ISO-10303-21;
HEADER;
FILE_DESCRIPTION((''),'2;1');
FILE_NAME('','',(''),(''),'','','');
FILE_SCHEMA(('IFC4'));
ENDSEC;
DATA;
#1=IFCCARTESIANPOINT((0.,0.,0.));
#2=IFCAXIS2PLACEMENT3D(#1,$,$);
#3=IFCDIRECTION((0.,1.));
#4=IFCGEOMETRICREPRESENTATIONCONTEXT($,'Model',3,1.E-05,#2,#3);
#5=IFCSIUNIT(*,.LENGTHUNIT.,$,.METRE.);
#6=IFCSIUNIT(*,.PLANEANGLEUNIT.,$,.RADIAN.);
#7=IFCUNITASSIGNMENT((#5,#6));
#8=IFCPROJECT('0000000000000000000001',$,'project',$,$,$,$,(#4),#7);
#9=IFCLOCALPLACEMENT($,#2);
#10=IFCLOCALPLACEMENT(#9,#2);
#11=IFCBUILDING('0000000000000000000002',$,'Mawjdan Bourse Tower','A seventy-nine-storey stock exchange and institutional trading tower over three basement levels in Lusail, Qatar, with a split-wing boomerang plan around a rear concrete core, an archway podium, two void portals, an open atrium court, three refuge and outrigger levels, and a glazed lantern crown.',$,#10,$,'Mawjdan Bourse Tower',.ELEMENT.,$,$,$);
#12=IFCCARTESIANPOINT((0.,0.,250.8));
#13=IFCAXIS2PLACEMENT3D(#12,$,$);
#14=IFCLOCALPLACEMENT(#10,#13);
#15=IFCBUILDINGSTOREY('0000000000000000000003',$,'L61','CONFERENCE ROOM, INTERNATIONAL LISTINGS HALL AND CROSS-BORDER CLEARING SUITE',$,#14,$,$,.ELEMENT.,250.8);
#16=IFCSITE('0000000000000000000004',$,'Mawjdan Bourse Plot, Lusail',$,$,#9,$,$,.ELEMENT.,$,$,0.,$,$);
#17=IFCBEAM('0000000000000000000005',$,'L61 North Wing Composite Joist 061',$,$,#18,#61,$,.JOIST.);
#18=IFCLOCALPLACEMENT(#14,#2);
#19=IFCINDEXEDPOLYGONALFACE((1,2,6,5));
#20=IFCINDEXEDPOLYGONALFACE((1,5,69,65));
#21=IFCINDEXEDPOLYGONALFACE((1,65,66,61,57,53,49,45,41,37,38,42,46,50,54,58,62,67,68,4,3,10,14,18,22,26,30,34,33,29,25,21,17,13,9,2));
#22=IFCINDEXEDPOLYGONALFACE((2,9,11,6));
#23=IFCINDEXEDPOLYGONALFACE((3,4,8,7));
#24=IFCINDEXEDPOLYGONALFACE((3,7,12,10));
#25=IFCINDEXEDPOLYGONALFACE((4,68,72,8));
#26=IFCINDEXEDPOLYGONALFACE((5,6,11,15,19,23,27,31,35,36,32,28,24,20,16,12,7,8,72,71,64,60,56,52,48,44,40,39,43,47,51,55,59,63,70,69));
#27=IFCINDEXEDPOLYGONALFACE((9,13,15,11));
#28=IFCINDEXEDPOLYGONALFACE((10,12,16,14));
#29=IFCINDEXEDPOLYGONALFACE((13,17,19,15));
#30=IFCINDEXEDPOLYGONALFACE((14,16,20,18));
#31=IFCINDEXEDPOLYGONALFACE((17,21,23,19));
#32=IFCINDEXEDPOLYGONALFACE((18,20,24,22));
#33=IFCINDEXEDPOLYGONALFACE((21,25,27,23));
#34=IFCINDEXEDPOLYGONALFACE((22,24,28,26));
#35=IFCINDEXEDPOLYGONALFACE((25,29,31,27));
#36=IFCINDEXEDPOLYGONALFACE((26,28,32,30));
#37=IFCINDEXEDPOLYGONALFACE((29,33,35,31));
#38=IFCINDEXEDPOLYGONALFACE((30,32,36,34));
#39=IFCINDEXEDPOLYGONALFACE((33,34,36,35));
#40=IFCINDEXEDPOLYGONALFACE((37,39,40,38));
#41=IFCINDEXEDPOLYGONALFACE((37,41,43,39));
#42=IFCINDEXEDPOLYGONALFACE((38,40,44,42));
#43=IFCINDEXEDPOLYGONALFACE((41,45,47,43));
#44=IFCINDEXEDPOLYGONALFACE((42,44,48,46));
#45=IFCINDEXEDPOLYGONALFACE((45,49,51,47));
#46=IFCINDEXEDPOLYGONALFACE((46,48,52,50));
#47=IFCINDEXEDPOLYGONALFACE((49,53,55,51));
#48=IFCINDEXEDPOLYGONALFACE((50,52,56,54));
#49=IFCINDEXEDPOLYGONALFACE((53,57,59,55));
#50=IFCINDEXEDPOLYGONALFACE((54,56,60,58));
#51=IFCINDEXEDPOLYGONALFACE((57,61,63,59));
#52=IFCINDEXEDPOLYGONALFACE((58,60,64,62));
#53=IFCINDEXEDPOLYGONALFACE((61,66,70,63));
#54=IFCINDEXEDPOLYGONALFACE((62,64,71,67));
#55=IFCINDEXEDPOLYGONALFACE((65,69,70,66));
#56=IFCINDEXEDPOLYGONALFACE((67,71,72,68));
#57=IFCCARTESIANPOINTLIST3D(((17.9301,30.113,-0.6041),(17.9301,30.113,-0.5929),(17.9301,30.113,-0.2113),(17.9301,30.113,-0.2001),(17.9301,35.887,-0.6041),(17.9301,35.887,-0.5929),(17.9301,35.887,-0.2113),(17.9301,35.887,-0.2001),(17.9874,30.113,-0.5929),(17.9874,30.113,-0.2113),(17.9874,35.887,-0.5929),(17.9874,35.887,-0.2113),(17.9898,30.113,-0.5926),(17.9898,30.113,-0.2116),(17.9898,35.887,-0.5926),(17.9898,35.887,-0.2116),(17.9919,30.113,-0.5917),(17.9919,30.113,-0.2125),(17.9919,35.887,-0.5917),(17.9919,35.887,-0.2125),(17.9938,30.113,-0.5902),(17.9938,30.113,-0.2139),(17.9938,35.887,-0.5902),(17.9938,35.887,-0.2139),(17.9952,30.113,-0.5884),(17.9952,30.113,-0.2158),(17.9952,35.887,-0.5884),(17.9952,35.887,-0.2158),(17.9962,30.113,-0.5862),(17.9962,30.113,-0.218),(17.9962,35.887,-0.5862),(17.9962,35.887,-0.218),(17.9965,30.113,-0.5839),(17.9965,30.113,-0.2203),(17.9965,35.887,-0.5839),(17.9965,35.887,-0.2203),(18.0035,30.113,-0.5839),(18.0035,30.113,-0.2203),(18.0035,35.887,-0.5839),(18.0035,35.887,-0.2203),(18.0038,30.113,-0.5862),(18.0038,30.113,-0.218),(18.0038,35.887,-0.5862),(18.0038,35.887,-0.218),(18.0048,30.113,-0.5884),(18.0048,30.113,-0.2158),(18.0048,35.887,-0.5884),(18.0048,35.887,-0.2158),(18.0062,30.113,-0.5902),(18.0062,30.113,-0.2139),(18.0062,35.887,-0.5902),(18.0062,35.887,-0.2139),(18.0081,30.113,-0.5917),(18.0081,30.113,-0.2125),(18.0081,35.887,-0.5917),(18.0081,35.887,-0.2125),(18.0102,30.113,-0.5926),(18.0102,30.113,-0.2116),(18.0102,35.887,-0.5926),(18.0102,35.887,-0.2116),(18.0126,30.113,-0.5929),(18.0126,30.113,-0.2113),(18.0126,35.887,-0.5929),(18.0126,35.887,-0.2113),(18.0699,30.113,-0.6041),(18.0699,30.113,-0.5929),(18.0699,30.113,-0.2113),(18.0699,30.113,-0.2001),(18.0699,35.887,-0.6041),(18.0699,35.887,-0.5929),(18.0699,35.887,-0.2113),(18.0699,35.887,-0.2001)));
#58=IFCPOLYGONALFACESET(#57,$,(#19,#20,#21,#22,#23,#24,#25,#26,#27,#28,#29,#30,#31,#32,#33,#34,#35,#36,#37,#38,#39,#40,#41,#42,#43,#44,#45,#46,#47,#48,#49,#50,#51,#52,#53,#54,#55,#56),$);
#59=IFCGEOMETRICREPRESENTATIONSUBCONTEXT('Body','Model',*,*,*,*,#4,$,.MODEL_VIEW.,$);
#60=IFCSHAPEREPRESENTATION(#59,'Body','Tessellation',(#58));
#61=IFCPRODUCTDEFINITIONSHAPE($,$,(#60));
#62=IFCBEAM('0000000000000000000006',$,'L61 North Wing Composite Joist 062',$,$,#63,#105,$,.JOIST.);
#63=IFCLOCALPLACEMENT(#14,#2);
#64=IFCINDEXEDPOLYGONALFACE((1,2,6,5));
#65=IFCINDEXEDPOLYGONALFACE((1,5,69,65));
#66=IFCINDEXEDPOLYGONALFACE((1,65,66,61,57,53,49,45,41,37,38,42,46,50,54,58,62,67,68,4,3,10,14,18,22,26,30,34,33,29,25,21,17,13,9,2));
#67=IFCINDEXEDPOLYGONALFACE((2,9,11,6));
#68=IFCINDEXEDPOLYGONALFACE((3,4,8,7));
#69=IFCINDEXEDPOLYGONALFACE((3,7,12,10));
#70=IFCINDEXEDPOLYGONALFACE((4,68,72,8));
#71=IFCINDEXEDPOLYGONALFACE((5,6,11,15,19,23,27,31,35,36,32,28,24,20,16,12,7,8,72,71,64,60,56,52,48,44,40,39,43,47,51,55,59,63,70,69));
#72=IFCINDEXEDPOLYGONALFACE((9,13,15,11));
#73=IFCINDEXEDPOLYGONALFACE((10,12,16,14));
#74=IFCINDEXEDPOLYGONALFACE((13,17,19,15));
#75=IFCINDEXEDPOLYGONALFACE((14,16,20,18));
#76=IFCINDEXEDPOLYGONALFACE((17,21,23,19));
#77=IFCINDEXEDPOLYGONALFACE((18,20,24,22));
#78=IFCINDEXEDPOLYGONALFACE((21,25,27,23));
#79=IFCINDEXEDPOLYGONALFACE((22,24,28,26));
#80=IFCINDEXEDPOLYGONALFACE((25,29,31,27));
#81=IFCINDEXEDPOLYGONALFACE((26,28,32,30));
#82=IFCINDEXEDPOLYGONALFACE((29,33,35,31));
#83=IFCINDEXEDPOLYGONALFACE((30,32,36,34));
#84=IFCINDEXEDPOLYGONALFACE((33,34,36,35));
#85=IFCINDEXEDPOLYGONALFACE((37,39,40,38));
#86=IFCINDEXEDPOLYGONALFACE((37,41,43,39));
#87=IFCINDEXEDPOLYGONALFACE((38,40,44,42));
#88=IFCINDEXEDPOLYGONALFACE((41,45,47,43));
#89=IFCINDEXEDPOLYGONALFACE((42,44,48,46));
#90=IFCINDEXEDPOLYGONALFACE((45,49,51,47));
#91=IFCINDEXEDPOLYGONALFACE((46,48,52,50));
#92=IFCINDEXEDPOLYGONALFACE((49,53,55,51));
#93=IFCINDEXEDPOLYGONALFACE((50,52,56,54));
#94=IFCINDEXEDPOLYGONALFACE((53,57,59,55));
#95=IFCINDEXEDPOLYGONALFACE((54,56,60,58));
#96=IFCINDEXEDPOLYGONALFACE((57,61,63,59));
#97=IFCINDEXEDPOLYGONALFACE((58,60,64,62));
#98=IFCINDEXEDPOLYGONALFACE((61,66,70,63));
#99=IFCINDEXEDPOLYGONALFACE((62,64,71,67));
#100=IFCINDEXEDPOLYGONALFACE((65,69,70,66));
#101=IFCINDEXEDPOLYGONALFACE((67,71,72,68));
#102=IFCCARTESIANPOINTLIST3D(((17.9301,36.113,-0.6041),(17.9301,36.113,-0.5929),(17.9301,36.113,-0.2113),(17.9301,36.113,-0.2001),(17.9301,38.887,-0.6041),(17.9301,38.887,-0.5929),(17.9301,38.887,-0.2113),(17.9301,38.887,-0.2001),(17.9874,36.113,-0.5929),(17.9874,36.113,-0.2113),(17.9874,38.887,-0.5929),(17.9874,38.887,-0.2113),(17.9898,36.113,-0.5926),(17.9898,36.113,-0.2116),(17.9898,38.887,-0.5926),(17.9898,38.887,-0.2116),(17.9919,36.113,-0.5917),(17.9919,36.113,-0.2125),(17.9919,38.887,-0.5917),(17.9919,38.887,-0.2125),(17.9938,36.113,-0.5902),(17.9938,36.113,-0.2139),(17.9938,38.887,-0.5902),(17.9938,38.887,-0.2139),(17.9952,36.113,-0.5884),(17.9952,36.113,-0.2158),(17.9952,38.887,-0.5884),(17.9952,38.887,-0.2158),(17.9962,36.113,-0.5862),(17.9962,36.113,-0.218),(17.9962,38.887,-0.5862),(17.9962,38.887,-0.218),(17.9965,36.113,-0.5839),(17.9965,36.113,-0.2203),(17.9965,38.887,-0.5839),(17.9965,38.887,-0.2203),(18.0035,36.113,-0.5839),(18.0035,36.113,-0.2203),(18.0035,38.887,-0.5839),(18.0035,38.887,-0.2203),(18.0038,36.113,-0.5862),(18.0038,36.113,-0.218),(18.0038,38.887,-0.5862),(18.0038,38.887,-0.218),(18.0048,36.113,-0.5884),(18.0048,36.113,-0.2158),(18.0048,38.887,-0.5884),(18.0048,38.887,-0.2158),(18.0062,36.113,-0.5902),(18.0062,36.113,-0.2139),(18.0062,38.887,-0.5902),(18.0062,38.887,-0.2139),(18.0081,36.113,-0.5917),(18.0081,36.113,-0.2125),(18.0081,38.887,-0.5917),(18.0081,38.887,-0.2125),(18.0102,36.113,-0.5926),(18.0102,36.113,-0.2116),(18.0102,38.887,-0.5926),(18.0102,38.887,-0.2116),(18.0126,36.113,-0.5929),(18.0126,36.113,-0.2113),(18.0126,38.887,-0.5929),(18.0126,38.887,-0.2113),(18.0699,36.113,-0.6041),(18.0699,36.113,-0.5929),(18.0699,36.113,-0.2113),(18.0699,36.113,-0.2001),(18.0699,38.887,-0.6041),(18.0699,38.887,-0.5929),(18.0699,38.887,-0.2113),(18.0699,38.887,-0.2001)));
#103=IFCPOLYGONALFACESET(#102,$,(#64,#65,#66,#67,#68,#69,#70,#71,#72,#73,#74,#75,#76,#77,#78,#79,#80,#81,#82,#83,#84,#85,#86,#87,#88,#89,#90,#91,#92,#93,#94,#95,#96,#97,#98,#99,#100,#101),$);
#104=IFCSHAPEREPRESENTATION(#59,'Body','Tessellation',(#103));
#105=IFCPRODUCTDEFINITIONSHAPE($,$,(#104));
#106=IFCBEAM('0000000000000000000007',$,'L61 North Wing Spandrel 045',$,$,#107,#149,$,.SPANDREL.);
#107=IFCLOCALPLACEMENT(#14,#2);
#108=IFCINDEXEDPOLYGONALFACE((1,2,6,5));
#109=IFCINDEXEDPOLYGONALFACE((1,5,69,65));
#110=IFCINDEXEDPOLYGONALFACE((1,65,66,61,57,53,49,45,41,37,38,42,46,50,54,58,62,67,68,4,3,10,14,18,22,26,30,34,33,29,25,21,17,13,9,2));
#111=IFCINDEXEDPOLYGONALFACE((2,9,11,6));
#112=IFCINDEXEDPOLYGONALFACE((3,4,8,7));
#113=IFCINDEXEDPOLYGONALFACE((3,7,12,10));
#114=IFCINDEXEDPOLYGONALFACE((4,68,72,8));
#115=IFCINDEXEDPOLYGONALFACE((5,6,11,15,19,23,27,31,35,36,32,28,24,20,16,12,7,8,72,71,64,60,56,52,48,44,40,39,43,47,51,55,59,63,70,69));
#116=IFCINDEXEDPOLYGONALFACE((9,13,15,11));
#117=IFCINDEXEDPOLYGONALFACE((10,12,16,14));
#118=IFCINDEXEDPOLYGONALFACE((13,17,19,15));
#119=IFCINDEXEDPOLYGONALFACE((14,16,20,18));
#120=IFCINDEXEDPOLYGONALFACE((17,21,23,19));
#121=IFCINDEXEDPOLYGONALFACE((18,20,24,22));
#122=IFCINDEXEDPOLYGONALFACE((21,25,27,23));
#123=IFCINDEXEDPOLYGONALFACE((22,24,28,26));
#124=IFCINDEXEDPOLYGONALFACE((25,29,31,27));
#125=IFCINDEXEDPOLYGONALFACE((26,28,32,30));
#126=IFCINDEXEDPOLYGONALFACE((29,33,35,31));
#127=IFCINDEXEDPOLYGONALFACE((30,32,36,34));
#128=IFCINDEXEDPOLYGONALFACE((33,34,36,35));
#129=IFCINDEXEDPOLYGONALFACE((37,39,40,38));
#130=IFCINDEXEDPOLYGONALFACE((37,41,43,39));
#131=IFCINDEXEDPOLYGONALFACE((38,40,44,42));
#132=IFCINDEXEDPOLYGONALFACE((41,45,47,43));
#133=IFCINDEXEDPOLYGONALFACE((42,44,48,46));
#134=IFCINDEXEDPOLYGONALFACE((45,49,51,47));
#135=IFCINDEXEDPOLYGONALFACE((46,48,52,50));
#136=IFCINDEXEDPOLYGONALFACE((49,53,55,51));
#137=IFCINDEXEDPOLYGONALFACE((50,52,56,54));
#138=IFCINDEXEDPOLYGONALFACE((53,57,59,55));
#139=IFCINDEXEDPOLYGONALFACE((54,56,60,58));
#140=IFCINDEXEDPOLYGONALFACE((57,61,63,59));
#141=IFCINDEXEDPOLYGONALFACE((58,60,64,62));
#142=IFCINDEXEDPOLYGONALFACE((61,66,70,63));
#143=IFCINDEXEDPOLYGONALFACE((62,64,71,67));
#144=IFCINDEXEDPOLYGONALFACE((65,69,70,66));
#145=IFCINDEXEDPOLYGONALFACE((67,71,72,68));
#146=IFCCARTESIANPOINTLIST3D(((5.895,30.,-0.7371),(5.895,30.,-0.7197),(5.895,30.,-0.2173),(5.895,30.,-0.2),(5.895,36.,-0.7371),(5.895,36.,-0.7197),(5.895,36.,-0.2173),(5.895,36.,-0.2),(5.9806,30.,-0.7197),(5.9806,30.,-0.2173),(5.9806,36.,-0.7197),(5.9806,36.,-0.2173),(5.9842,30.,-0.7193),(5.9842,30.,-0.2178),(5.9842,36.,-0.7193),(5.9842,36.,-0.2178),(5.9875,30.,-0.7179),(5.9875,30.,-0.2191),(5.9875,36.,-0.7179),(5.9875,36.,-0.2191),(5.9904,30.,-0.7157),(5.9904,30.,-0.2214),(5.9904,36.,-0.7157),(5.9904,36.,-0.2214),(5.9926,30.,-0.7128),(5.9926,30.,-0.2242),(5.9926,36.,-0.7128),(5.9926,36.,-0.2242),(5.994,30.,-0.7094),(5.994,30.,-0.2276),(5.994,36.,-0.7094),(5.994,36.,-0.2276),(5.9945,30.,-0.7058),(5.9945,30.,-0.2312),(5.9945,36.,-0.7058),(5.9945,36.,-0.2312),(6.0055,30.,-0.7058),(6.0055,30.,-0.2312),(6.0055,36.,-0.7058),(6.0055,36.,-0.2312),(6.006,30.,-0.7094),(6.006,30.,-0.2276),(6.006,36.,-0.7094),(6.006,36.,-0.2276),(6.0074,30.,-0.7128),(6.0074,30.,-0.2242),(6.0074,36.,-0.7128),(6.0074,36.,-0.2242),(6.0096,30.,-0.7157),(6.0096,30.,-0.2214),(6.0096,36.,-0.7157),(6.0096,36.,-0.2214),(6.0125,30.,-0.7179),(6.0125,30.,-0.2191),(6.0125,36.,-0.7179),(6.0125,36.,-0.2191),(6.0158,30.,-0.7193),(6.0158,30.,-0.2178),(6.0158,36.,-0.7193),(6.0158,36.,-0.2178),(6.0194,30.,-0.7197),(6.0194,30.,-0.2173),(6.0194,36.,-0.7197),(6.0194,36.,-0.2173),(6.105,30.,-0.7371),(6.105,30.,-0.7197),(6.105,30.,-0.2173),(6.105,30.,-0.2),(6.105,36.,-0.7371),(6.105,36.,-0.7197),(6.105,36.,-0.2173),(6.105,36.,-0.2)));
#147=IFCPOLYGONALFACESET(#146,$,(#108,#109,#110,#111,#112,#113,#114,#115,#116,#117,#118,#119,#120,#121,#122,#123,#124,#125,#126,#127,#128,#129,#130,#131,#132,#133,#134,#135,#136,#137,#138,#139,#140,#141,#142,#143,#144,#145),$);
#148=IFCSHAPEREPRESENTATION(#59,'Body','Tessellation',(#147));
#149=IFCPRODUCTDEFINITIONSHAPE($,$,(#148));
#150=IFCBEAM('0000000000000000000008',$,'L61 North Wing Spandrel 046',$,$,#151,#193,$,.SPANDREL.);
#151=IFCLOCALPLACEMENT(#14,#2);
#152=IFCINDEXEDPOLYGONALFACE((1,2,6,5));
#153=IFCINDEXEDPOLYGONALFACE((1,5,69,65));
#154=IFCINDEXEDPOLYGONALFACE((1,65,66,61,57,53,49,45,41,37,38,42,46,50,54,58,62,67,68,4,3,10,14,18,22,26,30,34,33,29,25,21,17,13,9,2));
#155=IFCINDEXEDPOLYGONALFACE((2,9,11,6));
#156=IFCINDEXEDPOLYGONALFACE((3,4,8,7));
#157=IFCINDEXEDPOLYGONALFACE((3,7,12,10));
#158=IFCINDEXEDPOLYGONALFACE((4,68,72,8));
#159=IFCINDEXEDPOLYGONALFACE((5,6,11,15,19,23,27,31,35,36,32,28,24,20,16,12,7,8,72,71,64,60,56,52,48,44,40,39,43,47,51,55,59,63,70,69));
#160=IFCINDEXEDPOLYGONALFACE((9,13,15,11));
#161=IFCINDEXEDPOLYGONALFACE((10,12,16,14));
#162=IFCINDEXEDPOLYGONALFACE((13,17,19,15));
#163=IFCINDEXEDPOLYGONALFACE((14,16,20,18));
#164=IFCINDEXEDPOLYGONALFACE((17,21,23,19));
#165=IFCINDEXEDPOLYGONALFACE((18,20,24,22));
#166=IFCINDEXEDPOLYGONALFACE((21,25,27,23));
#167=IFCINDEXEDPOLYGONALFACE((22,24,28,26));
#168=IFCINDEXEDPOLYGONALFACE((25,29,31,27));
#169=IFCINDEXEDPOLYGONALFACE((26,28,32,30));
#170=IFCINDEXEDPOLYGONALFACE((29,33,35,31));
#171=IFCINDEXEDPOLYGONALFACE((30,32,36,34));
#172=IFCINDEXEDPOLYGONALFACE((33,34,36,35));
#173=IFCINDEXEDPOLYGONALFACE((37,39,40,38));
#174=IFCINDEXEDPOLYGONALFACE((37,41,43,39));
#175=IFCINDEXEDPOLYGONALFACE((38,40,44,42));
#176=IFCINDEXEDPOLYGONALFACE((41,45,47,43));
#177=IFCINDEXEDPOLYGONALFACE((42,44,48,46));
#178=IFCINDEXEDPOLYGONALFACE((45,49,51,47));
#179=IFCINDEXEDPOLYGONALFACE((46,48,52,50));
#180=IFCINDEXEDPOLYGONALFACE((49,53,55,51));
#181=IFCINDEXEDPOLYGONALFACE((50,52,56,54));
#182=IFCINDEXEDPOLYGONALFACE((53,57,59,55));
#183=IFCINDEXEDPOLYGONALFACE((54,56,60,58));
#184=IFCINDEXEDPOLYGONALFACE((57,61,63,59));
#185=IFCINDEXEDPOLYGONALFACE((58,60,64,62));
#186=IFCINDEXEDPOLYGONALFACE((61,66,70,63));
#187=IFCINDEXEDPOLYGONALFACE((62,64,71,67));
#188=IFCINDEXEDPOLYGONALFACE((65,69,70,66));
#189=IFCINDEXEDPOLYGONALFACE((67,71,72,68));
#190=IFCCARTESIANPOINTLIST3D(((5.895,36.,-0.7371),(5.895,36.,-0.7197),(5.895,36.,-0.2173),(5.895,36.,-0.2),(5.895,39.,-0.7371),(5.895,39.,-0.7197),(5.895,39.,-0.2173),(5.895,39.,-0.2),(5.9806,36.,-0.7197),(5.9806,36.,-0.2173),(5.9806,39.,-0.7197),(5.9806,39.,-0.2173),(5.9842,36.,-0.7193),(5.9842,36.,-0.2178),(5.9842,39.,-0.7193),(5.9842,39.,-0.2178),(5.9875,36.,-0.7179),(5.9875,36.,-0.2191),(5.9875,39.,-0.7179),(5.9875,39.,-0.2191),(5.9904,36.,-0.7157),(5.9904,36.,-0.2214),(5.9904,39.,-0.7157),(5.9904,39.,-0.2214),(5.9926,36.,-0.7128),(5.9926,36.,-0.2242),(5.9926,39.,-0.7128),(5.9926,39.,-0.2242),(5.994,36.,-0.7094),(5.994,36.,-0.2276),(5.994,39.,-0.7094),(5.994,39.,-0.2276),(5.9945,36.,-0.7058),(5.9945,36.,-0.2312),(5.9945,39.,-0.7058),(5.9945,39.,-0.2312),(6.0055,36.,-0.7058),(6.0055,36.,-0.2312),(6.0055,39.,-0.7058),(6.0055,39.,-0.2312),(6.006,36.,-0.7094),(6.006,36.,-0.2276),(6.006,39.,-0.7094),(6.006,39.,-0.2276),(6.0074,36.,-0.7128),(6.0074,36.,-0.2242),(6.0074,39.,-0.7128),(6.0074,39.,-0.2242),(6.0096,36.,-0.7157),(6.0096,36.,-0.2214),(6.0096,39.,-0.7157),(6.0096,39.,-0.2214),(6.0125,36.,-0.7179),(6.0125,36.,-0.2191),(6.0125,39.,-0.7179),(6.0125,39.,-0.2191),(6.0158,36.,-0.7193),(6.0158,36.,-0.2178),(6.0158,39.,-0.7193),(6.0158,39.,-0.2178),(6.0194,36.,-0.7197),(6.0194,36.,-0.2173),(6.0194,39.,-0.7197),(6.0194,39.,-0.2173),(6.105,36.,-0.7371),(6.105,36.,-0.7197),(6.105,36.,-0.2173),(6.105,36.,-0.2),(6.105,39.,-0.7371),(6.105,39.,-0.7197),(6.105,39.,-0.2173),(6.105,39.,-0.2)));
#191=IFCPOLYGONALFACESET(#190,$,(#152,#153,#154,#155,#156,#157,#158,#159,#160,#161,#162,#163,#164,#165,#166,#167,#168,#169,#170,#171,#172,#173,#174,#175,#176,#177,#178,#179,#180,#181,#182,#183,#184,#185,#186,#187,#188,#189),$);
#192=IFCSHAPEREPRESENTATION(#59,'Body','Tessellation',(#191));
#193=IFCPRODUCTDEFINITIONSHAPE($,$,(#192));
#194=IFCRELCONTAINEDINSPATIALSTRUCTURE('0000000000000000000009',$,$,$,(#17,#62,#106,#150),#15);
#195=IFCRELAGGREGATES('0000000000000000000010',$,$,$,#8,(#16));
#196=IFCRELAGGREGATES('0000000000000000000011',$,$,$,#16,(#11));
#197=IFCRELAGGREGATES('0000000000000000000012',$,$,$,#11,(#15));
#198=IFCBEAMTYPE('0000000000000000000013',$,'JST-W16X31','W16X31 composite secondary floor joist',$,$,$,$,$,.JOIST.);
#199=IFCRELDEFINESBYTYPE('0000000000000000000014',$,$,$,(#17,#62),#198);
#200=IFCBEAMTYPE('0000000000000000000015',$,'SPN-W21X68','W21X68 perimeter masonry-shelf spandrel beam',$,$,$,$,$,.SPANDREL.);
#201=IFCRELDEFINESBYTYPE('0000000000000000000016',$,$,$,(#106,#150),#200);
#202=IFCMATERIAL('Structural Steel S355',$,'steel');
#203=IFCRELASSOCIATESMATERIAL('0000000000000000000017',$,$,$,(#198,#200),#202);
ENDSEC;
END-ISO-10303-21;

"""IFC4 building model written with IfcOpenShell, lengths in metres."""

from ifc_helpers import new_model, si_unit, direction, frame, origin, origin_2d, place, context, subcontext, project, spatial, i_section, extrude, material, material_profile, profile_set, type_object, element, save


model = new_model("IFC4")

# Units and contexts
model_context = context("Model", 3, precision=1e-05, world=origin(), true_north=direction((0.0, 1.0)))
body_context = subcontext(model_context, "Body", "Model", "MODEL_VIEW")
ifc_project = project(units=[si_unit("LENGTHUNIT", "METRE"), si_unit("PLANEANGLEUNIT", "RADIAN")], contexts=[model_context])

# Site, building, storey
site_placement = place(None, origin())
site = spatial("IfcSite", under=ifc_project, at=site_placement, Name="Mawjdan Bourse Plot, Lusail", CompositionType="ELEMENT", RefElevation=0.0)
building_placement = place(site_placement, origin())
building = spatial("IfcBuilding", under=site, at=building_placement, Name="Mawjdan Bourse Tower", Description="A seventy-nine-storey stock exchange and institutional trading tower over three basement levels in Lusail, Qatar, with a split-wing boomerang plan around a rear concrete core, an archway podium, two void portals, an open atrium court, three refuge and outrigger levels, and a glazed lantern crown.", LongName="Mawjdan Bourse Tower", CompositionType="ELEMENT")
storey_placement = place(building_placement, frame((0.0, 0.0, 250.8)))
storey = spatial("IfcBuildingStorey", under=building, at=storey_placement, Name="L61", Description="CONFERENCE ROOM, INTERNATIONAL LISTINGS HALL AND CROSS-BORDER CLEARING SUITE", CompositionType="ELEMENT", Elevation=250.8)

# Beams
ifc_material_1 = material(Name="Structural Steel S355", Category="steel")
ifc_material_profile_1 = material_profile(ifc_material_1, i_section(OverallWidth=0.1399, OverallDepth=0.4041, WebThickness=0.0071, FlangeThickness=0.0112, FilletRadius=0.009, at=origin_2d()), Name="W16X31")
ifc_profile_set_1 = profile_set([ifc_material_profile_1], Name="Structural Steel S355")
beam_type_1 = type_object("IfcBeamType", Name="JST-W16X31", Description="W16X31 composite secondary floor joist", PredefinedType="JOIST", material=ifc_profile_set_1)
beam_1_placement = place(storey_placement, frame((18.0, 30.113, -0.4021), z_axis=(0.0, 1.0, 0.0), x_axis=(-1.0, 0.0, 0.0)))
element("IfcBeam", 1, at=beam_1_placement, inside=storey, type_object=beam_type_1, Name="L61 North Wing Composite Joist 061", PredefinedType="JOIST", context=body_context, shape_type="SweptSolid", body=[
    extrude(i_section(OverallWidth=0.1399, OverallDepth=0.4041, WebThickness=0.0071, FlangeThickness=0.0112, FilletRadius=0.009, at=origin_2d()), origin(), (0.0, 0.0, 1.0), 5.7739),
])
beam_2_placement = place(storey_placement, frame((18.0, 36.113, -0.4021), z_axis=(0.0, 1.0, 0.0), x_axis=(-1.0, 0.0, 0.0)))
element("IfcBeam", 2, at=beam_2_placement, inside=storey, type_object=beam_type_1, Name="L61 North Wing Composite Joist 062", PredefinedType="JOIST", context=body_context, shape_type="SweptSolid", body=[
    extrude(i_section(OverallWidth=0.1399, OverallDepth=0.4041, WebThickness=0.0071, FlangeThickness=0.0112, FilletRadius=0.009, at=origin_2d()), origin(), (0.0, 0.0, 1.0), 2.7739),
])
ifc_material_profile_2 = material_profile(ifc_material_1, i_section(OverallWidth=0.21, OverallDepth=0.5371, WebThickness=0.011, FlangeThickness=0.0173, FilletRadius=0.0139, at=origin_2d()), Name="W21X68")
ifc_profile_set_2 = profile_set([ifc_material_profile_2], Name="Structural Steel S355")
beam_type_2 = type_object("IfcBeamType", Name="SPN-W21X68", Description="W21X68 perimeter masonry-shelf spandrel beam", PredefinedType="SPANDREL", material=ifc_profile_set_2)
beam_3_placement = place(storey_placement, frame((6.0, 30.0, -0.4685), z_axis=(0.0, 1.0, 0.0), x_axis=(-1.0, 0.0, 0.0)))
element("IfcBeam", 3, at=beam_3_placement, inside=storey, type_object=beam_type_2, Name="L61 North Wing Spandrel 045", PredefinedType="SPANDREL", context=body_context, shape_type="SweptSolid", body=[
    extrude(i_section(OverallWidth=0.21, OverallDepth=0.5371, WebThickness=0.011, FlangeThickness=0.0173, FilletRadius=0.0139, at=origin_2d()), origin(), (0.0, 0.0, 1.0), 6.0),
])
beam_4_placement = place(storey_placement, frame((6.0, 36.0, -0.4685), z_axis=(0.0, 1.0, 0.0), x_axis=(-1.0, 0.0, 0.0)))
element("IfcBeam", 4, at=beam_4_placement, inside=storey, type_object=beam_type_2, Name="L61 North Wing Spandrel 046", PredefinedType="SPANDREL", context=body_context, shape_type="SweptSolid", body=[
    extrude(i_section(OverallWidth=0.21, OverallDepth=0.5371, WebThickness=0.011, FlangeThickness=0.0173, FilletRadius=0.0139, at=origin_2d()), origin(), (0.0, 0.0, 1.0), 3.0),
])

save(model, "model.ifc")
